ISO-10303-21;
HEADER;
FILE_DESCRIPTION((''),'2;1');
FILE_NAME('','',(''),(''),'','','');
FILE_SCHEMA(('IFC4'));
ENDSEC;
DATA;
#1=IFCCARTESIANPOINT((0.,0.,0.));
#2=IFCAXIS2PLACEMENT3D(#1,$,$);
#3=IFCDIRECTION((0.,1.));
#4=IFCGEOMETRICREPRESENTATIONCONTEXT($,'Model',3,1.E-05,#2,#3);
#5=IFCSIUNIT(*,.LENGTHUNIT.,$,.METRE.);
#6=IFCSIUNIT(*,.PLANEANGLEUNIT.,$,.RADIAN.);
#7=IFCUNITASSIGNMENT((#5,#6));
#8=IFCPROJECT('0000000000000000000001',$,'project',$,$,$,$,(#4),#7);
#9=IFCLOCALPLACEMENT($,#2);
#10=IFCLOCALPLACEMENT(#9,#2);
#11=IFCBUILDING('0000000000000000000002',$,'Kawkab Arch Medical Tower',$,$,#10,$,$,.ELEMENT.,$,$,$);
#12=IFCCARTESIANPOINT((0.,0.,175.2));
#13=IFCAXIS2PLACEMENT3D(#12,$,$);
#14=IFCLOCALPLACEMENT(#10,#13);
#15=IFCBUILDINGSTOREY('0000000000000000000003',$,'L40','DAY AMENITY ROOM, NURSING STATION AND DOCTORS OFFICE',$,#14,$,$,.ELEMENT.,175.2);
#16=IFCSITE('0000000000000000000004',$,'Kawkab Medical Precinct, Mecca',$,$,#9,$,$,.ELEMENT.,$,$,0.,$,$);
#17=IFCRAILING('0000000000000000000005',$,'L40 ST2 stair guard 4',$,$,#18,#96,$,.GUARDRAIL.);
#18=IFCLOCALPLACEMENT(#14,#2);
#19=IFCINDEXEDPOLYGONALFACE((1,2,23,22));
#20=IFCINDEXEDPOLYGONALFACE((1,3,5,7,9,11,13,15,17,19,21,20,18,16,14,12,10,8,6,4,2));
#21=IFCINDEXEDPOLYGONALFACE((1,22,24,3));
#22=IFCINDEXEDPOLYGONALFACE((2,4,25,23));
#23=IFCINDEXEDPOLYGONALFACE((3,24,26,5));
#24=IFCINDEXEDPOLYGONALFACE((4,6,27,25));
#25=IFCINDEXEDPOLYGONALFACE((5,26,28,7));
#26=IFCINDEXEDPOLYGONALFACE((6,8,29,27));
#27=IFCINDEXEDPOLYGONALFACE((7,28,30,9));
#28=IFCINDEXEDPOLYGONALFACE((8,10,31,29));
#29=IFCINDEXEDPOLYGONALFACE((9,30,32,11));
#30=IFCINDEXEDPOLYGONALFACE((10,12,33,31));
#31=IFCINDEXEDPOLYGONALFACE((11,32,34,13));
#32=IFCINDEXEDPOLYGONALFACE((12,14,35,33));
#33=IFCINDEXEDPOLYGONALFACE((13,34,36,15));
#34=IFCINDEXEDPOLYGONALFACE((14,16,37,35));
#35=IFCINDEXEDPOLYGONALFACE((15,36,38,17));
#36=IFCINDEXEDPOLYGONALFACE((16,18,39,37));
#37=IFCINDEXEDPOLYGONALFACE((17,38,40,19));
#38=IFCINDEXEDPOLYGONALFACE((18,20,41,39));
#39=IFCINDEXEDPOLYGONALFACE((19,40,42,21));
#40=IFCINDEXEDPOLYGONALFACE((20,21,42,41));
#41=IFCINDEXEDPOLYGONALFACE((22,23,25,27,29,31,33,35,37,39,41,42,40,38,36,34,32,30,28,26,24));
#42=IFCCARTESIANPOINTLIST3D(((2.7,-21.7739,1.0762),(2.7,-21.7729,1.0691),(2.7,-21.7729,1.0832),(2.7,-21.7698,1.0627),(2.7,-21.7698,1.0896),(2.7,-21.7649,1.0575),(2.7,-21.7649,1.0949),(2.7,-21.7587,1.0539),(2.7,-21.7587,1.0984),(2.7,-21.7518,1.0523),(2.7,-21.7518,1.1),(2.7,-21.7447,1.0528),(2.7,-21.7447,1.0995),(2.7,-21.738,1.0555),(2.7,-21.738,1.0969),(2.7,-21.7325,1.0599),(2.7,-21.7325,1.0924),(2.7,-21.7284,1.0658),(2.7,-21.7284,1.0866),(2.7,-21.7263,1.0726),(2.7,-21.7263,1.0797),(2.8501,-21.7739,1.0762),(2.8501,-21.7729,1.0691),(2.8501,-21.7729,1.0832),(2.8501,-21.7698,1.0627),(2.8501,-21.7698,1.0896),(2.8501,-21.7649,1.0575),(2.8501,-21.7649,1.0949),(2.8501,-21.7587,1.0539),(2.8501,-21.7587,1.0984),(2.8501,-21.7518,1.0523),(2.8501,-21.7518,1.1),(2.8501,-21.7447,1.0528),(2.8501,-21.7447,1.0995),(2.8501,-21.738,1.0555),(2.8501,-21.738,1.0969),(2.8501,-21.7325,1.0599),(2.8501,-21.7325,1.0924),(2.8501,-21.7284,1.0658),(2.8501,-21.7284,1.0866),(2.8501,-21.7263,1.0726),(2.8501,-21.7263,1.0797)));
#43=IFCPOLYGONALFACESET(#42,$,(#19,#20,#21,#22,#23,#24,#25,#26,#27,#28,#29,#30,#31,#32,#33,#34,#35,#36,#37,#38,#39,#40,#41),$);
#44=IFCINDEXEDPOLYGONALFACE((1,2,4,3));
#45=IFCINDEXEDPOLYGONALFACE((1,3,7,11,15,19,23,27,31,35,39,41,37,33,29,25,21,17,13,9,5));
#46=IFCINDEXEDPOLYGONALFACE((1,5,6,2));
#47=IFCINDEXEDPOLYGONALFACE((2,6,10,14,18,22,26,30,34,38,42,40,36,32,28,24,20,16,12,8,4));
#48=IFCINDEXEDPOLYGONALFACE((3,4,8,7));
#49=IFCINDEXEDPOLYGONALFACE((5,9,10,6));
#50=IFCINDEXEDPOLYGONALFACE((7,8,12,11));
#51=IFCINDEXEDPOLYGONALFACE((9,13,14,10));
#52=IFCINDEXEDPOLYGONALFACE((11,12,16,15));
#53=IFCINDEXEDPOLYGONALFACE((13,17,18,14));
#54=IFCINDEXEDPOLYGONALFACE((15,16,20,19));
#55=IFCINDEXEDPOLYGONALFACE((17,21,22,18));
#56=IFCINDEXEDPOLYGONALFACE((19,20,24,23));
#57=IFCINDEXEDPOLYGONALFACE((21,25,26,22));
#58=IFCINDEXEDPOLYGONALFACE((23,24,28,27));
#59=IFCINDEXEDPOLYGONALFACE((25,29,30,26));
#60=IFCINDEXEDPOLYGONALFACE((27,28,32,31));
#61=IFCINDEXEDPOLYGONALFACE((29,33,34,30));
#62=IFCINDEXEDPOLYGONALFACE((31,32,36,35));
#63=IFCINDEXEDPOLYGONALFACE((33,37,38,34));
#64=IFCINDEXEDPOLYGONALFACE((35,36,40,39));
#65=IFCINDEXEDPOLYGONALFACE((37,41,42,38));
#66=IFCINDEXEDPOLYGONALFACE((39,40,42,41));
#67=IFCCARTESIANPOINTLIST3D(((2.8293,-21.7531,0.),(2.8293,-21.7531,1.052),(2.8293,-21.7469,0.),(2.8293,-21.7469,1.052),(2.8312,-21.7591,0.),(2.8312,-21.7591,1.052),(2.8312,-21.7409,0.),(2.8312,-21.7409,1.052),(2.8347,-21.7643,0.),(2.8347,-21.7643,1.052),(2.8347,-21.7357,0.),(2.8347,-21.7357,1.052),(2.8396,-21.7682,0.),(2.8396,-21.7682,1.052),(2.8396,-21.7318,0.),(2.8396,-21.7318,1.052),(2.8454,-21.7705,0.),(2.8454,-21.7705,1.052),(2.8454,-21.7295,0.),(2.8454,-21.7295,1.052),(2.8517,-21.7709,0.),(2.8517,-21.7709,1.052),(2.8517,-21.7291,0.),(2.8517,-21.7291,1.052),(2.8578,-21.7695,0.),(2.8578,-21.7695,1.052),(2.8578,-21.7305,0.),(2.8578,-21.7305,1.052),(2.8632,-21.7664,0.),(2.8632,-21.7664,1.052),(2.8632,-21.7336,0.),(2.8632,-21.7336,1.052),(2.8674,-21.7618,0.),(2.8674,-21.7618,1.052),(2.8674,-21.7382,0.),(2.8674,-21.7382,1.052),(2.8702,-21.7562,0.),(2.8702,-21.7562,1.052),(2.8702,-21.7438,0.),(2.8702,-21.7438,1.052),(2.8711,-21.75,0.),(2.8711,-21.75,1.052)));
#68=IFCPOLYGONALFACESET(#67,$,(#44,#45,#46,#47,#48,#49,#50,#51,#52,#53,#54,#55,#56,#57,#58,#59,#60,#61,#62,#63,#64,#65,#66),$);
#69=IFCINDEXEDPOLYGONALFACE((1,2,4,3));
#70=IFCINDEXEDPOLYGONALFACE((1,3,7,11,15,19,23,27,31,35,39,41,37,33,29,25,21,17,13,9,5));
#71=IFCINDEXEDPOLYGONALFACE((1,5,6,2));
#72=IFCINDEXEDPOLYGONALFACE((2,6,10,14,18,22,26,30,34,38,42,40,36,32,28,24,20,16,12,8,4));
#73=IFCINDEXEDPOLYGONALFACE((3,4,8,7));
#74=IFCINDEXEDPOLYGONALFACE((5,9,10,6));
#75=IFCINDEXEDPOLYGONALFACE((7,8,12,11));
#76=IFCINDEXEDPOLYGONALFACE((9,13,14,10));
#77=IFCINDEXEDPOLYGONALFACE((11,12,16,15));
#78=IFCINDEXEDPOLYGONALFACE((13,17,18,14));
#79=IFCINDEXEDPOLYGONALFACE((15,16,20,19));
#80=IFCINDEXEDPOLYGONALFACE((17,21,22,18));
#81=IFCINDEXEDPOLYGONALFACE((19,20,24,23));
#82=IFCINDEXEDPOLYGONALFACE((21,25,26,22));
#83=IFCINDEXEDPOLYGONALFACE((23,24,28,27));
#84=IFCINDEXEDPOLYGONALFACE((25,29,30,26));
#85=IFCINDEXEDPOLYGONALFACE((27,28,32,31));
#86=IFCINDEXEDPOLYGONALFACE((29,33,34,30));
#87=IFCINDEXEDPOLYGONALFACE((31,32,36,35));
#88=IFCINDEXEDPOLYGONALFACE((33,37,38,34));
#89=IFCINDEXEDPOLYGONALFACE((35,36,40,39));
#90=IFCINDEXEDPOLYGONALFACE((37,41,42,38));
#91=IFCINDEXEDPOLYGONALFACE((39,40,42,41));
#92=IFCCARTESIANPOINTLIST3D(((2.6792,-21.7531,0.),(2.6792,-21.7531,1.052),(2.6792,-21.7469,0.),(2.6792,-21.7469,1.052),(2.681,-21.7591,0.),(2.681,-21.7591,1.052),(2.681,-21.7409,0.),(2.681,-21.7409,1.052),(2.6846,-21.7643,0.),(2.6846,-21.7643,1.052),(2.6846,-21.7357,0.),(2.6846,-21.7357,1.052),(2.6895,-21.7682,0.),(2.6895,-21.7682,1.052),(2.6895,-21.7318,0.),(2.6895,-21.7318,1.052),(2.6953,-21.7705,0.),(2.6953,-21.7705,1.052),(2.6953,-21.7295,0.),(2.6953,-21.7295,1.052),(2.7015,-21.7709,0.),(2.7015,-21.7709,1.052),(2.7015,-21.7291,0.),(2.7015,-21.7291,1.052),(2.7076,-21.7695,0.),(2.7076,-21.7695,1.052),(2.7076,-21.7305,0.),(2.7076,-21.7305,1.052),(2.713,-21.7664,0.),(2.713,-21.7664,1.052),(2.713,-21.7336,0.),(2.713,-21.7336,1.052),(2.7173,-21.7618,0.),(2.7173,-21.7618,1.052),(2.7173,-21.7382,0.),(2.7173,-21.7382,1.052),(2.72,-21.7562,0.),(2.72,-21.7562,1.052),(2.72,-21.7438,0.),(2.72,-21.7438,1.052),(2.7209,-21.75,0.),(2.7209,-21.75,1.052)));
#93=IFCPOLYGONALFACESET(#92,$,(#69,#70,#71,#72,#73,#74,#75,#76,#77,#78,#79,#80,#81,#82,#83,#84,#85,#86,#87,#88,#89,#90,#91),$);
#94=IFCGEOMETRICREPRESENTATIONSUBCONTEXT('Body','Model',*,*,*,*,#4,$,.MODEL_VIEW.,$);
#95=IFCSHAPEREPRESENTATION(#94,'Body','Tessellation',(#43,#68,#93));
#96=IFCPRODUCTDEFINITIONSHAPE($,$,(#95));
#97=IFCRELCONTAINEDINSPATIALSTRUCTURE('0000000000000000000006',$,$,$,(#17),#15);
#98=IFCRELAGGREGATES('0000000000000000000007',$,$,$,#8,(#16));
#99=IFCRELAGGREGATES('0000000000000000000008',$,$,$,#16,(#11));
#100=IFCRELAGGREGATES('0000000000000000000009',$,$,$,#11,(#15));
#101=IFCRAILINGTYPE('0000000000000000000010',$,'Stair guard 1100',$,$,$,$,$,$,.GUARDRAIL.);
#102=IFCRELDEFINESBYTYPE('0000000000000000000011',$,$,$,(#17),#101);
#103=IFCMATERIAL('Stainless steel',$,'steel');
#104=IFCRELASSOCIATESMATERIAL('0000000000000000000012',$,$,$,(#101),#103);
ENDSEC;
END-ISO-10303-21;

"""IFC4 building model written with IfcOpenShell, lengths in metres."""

from ifc_helpers import new_model, si_unit, direction, frame, origin, origin_2d, place, context, subcontext, project, spatial, circle, extrude, material, type_object, element, save


model = new_model("IFC4")

# Units and contexts
model_context = context("Model", 3, precision=1e-05, world=origin(), true_north=direction((0.0, 1.0)))
body_context = subcontext(model_context, "Body", "Model", "MODEL_VIEW")
ifc_project = project(units=[si_unit("LENGTHUNIT", "METRE"), si_unit("PLANEANGLEUNIT", "RADIAN")], contexts=[model_context])

# Site, building, storey
site_placement = place(None, origin())
site = spatial("IfcSite", under=ifc_project, at=site_placement, Name="Kawkab Medical Precinct, Mecca", CompositionType="ELEMENT", RefElevation=0.0)
building_placement = place(site_placement, origin())
building = spatial("IfcBuilding", under=site, at=building_placement, Name="Kawkab Arch Medical Tower", CompositionType="ELEMENT")
storey_placement = place(building_placement, frame((0.0, 0.0, 175.2)))
storey = spatial("IfcBuildingStorey", under=building, at=storey_placement, Name="L40", Description="DAY AMENITY ROOM, NURSING STATION AND DOCTORS OFFICE", CompositionType="ELEMENT", Elevation=175.2)

# Railing
ifc_material_1 = material(Name="Stainless steel", Category="steel")
railing_type_1 = type_object("IfcRailingType", Name="Stair guard 1100", PredefinedType="GUARDRAIL", material=ifc_material_1)
railing_1_placement = place(storey_placement, frame((2.8501, -21.75, 0.0)))
element("IfcRailing", 1, at=railing_1_placement, inside=storey, type_object=railing_type_1, Name="L40 ST2 stair guard 4", PredefinedType="GUARDRAIL", context=body_context, shape_type="SweptSolid", body=[
    extrude(circle(Radius=0.0239, at=origin_2d()), frame((0.0, 0.0, 1.0762), z_axis=(-1.0, 0.0, 0.0), x_axis=(0.0, -1.0, 0.0)), (0.0, 0.0, 1.0), 0.1501),
    extrude(circle(Radius=0.021, at=origin_2d()), origin(), (0.0, 0.0, 1.0), 1.052),
    extrude(circle(Radius=0.021, at=origin_2d()), frame((-0.1501, 0.0, 0.0)), (0.0, 0.0, 1.0), 1.052),
])

save(model, "model.ifc")
